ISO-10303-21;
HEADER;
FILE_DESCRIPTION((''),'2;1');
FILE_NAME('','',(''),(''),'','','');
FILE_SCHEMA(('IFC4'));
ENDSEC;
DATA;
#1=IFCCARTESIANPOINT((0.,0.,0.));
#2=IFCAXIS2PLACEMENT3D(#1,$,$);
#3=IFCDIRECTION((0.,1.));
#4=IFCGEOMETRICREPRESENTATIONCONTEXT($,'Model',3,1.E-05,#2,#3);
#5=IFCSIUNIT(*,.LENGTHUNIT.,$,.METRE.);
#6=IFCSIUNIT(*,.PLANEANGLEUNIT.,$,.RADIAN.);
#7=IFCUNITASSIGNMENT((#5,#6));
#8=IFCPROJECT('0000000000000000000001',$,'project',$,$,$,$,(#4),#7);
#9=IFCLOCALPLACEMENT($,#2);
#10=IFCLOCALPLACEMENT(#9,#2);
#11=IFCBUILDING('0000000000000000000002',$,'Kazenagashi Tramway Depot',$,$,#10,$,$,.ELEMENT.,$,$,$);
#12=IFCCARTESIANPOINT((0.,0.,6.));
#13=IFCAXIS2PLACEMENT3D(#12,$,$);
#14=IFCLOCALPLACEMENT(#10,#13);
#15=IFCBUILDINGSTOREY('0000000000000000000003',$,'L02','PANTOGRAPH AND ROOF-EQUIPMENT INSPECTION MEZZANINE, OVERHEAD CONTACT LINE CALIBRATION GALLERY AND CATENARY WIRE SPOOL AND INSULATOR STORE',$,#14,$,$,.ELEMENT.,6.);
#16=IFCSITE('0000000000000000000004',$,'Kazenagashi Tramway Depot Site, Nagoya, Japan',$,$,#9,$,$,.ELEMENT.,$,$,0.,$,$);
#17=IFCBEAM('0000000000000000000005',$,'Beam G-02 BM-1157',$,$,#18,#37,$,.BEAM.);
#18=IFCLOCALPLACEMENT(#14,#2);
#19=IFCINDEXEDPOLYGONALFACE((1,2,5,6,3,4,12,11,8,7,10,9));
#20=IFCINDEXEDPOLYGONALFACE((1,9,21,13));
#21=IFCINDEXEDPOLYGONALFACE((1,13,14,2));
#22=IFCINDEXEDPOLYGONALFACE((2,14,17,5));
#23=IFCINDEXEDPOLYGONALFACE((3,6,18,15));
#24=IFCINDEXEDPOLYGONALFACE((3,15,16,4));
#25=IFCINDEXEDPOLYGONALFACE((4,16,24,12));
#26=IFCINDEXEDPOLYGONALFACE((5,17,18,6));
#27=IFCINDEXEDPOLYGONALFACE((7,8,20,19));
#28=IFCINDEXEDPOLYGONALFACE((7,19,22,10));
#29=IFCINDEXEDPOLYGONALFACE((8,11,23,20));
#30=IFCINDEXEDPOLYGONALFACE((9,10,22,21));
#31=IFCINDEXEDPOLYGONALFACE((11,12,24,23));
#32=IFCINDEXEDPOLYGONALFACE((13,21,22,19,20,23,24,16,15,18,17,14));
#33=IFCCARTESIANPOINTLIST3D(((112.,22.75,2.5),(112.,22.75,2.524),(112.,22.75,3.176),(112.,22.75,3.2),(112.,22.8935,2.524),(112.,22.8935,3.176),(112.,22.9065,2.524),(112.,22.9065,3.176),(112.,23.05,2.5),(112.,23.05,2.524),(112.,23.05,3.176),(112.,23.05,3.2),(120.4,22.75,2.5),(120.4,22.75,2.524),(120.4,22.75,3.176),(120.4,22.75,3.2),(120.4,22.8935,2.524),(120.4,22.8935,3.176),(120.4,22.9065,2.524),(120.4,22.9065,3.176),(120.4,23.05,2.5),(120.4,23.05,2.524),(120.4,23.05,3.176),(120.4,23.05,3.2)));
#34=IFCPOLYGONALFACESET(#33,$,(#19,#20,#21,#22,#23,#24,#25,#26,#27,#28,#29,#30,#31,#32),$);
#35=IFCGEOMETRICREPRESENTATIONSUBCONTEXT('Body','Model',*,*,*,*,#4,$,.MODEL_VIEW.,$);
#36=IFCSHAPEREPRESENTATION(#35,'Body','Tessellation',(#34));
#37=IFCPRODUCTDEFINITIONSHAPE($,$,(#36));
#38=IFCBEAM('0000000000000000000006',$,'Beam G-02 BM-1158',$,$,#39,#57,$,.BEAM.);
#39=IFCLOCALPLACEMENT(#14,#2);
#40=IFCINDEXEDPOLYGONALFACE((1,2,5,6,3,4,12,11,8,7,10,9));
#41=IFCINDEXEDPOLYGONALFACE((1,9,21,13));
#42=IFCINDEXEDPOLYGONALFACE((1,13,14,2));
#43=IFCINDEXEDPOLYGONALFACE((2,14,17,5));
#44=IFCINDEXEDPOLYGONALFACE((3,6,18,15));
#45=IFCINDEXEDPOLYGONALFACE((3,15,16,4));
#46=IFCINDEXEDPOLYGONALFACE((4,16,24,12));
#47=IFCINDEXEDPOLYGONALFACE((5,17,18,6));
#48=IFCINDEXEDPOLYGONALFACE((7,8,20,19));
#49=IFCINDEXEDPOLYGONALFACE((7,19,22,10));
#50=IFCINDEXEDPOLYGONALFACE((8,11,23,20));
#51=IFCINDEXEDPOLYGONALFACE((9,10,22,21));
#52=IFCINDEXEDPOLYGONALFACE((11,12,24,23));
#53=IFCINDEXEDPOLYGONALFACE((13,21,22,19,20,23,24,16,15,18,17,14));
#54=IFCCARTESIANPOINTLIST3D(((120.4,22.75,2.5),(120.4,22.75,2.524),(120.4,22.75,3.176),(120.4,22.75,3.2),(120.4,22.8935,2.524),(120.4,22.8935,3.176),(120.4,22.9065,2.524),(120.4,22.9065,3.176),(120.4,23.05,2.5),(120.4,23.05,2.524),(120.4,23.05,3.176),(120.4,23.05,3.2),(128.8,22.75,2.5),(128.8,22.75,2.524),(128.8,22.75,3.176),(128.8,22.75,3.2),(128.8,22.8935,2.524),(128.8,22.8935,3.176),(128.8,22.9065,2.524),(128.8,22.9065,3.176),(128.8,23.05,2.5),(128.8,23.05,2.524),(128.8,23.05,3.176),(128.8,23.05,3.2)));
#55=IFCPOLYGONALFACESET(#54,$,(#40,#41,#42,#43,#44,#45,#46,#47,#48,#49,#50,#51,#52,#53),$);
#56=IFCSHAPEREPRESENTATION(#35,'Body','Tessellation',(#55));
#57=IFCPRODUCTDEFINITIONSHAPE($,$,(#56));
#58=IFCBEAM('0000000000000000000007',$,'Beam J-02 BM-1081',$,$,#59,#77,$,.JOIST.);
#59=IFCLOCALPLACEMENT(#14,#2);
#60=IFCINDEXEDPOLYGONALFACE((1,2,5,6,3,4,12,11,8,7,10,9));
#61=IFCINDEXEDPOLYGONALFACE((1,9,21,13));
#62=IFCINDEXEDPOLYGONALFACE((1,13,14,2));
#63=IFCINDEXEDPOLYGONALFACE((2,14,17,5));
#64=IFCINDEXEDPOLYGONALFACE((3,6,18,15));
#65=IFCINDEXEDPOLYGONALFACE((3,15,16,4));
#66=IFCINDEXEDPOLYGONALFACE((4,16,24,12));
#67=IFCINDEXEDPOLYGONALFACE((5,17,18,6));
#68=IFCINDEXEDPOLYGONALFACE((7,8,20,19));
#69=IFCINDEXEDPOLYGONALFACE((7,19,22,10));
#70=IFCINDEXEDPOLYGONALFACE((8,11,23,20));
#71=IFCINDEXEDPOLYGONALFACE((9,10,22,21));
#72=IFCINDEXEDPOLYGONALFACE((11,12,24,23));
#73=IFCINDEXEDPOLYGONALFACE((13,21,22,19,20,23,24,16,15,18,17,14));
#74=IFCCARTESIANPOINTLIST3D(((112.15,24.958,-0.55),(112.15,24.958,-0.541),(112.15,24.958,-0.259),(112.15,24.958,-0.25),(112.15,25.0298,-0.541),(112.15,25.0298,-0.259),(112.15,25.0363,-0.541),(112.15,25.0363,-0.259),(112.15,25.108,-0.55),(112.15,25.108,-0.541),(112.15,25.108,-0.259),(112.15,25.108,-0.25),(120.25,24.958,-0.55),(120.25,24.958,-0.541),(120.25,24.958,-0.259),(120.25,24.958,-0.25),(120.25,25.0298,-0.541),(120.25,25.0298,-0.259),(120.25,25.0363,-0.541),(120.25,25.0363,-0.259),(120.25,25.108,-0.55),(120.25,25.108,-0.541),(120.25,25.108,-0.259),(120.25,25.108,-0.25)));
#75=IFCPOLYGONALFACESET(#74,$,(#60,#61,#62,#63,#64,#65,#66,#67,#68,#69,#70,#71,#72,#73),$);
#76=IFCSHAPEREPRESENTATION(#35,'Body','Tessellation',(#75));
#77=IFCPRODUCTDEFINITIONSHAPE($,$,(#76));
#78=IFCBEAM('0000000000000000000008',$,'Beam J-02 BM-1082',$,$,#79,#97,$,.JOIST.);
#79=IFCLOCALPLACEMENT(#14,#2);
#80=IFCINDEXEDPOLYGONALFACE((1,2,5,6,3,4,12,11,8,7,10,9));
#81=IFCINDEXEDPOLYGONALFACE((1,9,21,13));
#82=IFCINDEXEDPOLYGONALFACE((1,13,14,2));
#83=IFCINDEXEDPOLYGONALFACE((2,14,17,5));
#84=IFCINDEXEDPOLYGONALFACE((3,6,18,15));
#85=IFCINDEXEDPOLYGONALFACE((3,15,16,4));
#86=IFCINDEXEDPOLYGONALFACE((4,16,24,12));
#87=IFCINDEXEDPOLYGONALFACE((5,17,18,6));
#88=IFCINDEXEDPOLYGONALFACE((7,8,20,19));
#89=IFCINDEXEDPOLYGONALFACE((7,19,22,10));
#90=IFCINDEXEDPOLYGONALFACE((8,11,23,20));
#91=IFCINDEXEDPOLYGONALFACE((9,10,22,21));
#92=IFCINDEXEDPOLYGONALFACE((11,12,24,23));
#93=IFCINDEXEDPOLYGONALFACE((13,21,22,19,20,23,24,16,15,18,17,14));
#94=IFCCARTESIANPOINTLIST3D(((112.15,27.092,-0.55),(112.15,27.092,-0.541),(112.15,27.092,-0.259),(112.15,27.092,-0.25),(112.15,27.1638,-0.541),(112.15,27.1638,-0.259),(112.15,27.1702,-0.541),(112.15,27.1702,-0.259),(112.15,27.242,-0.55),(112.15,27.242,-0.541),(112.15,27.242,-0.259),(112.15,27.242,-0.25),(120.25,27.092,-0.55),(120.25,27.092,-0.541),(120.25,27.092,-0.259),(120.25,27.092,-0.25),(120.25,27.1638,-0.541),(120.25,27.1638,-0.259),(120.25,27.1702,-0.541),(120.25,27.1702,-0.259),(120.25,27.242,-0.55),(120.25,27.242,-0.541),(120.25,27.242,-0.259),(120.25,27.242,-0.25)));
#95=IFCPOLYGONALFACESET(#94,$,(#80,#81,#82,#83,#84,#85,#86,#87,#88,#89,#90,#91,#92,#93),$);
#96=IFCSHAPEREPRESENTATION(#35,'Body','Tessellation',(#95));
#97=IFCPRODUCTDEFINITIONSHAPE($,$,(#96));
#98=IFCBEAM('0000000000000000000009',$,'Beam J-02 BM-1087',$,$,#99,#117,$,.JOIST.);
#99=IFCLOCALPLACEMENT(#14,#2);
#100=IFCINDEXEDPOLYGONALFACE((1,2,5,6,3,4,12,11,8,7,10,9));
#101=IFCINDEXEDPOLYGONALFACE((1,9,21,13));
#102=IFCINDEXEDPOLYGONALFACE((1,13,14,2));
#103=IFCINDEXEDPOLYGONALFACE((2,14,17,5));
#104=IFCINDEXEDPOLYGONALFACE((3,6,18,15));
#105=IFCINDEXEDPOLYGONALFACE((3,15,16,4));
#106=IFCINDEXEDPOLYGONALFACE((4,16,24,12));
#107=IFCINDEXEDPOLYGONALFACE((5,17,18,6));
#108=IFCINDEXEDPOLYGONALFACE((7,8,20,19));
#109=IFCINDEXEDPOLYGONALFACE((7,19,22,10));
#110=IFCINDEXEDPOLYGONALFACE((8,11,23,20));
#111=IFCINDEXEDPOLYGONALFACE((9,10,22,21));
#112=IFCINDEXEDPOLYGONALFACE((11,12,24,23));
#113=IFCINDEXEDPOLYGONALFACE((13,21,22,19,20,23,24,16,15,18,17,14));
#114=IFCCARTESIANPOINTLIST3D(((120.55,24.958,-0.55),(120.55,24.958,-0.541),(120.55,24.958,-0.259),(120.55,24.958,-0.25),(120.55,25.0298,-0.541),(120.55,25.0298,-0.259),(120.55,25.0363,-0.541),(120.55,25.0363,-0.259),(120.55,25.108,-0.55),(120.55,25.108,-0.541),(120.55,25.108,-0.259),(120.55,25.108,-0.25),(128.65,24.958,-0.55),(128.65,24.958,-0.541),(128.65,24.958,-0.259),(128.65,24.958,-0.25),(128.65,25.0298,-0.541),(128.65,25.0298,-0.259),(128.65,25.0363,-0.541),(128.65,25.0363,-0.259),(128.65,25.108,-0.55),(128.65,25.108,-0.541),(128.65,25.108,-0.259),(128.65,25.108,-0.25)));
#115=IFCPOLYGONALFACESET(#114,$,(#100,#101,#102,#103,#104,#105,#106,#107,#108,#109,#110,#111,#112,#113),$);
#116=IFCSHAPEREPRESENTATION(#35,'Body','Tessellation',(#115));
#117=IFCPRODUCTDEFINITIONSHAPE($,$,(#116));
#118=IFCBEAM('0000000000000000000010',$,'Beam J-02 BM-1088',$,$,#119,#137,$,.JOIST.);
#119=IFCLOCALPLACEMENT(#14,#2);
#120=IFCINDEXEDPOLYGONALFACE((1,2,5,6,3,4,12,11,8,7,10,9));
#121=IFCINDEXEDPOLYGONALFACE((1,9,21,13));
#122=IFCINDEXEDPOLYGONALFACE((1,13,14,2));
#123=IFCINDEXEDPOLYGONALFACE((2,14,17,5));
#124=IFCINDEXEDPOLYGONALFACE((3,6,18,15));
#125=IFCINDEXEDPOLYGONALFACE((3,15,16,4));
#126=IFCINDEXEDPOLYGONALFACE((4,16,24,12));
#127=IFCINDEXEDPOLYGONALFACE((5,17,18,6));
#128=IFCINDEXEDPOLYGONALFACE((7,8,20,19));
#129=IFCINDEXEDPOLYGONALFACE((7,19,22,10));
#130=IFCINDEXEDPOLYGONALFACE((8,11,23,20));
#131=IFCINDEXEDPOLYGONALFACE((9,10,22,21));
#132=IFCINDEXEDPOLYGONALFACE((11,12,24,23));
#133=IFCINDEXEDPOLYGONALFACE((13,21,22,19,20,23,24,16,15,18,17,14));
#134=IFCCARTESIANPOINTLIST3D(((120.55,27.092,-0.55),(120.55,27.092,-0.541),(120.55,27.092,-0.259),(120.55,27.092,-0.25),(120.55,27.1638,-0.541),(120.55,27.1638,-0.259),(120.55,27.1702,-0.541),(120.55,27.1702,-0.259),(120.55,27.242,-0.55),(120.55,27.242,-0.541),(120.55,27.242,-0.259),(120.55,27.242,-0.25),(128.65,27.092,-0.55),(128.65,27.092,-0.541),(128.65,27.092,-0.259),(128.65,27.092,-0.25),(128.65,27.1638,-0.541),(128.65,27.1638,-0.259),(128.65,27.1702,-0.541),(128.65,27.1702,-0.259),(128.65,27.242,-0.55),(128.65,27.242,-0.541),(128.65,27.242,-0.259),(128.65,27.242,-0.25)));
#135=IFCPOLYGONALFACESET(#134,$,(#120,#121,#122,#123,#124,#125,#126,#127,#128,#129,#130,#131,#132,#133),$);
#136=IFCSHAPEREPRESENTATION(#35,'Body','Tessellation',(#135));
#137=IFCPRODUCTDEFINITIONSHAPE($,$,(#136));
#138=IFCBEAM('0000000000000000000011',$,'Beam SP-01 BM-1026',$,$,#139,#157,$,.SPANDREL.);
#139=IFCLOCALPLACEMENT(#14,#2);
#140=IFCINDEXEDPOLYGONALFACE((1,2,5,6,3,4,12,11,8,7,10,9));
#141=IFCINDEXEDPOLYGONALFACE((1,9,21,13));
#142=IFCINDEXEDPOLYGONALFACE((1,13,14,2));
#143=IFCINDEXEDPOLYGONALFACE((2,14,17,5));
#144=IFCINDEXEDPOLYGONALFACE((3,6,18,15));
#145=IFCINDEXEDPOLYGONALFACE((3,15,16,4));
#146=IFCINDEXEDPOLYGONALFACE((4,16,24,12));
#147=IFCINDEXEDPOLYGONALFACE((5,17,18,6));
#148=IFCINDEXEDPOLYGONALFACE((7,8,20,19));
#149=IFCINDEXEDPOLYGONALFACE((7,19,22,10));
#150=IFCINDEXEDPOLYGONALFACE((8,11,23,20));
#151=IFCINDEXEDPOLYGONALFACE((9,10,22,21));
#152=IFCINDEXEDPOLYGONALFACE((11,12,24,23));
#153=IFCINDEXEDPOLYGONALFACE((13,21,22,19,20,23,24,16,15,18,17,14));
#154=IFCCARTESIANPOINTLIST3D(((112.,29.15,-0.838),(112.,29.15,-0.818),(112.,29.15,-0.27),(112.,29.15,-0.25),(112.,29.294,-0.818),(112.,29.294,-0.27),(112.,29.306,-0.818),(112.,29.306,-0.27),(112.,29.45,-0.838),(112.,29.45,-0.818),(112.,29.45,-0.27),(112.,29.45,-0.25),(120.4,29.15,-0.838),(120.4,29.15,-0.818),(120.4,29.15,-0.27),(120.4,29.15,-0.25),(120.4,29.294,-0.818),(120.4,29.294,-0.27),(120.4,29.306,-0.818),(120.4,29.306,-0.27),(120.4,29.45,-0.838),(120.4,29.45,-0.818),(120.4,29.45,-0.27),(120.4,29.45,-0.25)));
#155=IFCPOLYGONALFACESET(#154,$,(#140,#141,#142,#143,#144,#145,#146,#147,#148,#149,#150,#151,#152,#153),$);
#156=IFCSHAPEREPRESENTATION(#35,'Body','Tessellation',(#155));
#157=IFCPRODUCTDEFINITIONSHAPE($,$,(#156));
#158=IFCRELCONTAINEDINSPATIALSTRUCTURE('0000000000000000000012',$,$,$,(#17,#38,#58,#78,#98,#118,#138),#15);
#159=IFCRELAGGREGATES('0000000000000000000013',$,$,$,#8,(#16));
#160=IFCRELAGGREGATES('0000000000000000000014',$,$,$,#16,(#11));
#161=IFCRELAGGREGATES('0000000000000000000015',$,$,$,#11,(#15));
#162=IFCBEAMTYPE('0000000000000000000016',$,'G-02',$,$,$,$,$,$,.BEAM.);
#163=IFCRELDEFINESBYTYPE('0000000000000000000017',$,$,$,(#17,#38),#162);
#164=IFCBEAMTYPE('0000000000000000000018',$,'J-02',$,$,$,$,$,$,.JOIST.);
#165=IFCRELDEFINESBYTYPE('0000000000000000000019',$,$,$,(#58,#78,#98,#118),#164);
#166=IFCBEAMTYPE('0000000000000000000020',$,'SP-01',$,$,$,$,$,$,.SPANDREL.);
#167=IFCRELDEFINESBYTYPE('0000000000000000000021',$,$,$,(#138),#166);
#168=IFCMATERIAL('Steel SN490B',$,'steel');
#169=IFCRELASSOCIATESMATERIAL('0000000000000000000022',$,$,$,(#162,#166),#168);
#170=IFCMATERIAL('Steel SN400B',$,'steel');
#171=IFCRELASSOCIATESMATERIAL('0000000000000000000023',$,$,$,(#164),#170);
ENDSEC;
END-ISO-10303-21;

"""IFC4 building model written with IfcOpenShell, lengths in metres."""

from ifc_helpers import new_model, si_unit, direction, frame, origin, origin_2d, place, context, subcontext, project, spatial, i_section, extrude, material, material_profile, profile_set, type_object, element, save


model = new_model("IFC4")

# Units and contexts
model_context = context("Model", 3, precision=1e-05, world=origin(), true_north=direction((0.0, 1.0)))
body_context = subcontext(model_context, "Body", "Model", "MODEL_VIEW")
ifc_project = project(units=[si_unit("LENGTHUNIT", "METRE"), si_unit("PLANEANGLEUNIT", "RADIAN")], contexts=[model_context])

# Site, building, storey
site_placement = place(None, origin())
site = spatial("IfcSite", under=ifc_project, at=site_placement, Name="Kazenagashi Tramway Depot Site, Nagoya, Japan", CompositionType="ELEMENT", RefElevation=0.0)
building_placement = place(site_placement, origin())
building = spatial("IfcBuilding", under=site, at=building_placement, Name="Kazenagashi Tramway Depot", CompositionType="ELEMENT")
storey_placement = place(building_placement, frame((0.0, 0.0, 6.0)))
storey = spatial("IfcBuildingStorey", under=building, at=storey_placement, Name="L02", Description="PANTOGRAPH AND ROOF-EQUIPMENT INSPECTION MEZZANINE, OVERHEAD CONTACT LINE CALIBRATION GALLERY AND CATENARY WIRE SPOOL AND INSULATOR STORE", CompositionType="ELEMENT", Elevation=6.0)

# Shared definitions
ifc_material_1 = material(Name="Steel SN490B", Category="steel")

# Beams
ifc_material_profile_1 = material_profile(ifc_material_1, i_section(OverallWidth=0.3, OverallDepth=0.7, WebThickness=0.013, FlangeThickness=0.024, at=origin_2d()), Name="H-700x300x13x24")
ifc_profile_set_1 = profile_set([ifc_material_profile_1], Name="Steel SN490B")
beam_type_1 = type_object("IfcBeamType", Name="G-02", PredefinedType="BEAM", material=ifc_profile_set_1)
for number, where, z_axis, x_axis, name in (
    (1, (112.0, 22.9, 2.85), (1.0, 0.0, 0.0), (0.0, 1.0, 0.0), "Beam G-02 BM-1157"),
    (2, (120.4, 22.9, 2.85), (1.0, 0.0, 0.0), (0.0, 1.0, 0.0), "Beam G-02 BM-1158"),
):
    element("IfcBeam", number, at=place(storey_placement, frame(where, z_axis=z_axis, x_axis=x_axis)), inside=storey, type_object=beam_type_1, Name=name, PredefinedType="BEAM", context=body_context, shape_type="SweptSolid", body=[
        extrude(i_section(OverallWidth=0.3, OverallDepth=0.7, WebThickness=0.013, FlangeThickness=0.024, at=origin_2d()), origin(), (0.0, 0.0, 1.0), 8.4),
    ])
ifc_material_2 = material(Name="Steel SN400B", Category="steel")
ifc_material_profile_2 = material_profile(ifc_material_2, i_section(OverallWidth=0.15, OverallDepth=0.3, WebThickness=0.0065, FlangeThickness=0.009, at=origin_2d()), Name="H-300x150x6.5x9")
ifc_profile_set_2 = profile_set([ifc_material_profile_2], Name="Steel SN400B")
beam_type_2 = type_object("IfcBeamType", Name="J-02", PredefinedType="JOIST", material=ifc_profile_set_2)
for number, where, z_axis, x_axis, name in (
    (3, (112.15, 25.033, -0.4), (1.0, 0.0, 0.0), (0.0, 1.0, 0.0), "Beam J-02 BM-1081"),
    (4, (112.15, 27.167, -0.4), (1.0, 0.0, 0.0), (0.0, 1.0, 0.0), "Beam J-02 BM-1082"),
    (5, (120.55, 25.033, -0.4), (1.0, 0.0, 0.0), (0.0, 1.0, 0.0), "Beam J-02 BM-1087"),
    (6, (120.55, 27.167, -0.4), (1.0, 0.0, 0.0), (0.0, 1.0, 0.0), "Beam J-02 BM-1088"),
):
    element("IfcBeam", number, at=place(storey_placement, frame(where, z_axis=z_axis, x_axis=x_axis)), inside=storey, type_object=beam_type_2, Name=name, PredefinedType="JOIST", context=body_context, shape_type="SweptSolid", body=[
        extrude(i_section(OverallWidth=0.15, OverallDepth=0.3, WebThickness=0.0065, FlangeThickness=0.009, at=origin_2d()), origin(), (0.0, 0.0, 1.0), 8.1),
    ])
ifc_material_profile_3 = material_profile(ifc_material_1, i_section(OverallWidth=0.3, OverallDepth=0.588, WebThickness=0.012, FlangeThickness=0.02, at=origin_2d()), Name="H-588x300x12x20")
ifc_profile_set_3 = profile_set([ifc_material_profile_3], Name="Steel SN490B")
beam_type_3 = type_object("IfcBeamType", Name="SP-01", PredefinedType="SPANDREL", material=ifc_profile_set_3)
beam_placement = place(storey_placement, frame((112.0, 29.3, -0.544), z_axis=(1.0, 0.0, 0.0), x_axis=(0.0, 1.0, 0.0)))
element("IfcBeam", 7, at=beam_placement, inside=storey, type_object=beam_type_3, Name="Beam SP-01 BM-1026", PredefinedType="SPANDREL", context=body_context, shape_type="SweptSolid", body=[
    extrude(i_section(OverallWidth=0.3, OverallDepth=0.588, WebThickness=0.012, FlangeThickness=0.02, at=origin_2d()), origin(), (0.0, 0.0, 1.0), 8.4),
])

save(model, "model.ifc")
